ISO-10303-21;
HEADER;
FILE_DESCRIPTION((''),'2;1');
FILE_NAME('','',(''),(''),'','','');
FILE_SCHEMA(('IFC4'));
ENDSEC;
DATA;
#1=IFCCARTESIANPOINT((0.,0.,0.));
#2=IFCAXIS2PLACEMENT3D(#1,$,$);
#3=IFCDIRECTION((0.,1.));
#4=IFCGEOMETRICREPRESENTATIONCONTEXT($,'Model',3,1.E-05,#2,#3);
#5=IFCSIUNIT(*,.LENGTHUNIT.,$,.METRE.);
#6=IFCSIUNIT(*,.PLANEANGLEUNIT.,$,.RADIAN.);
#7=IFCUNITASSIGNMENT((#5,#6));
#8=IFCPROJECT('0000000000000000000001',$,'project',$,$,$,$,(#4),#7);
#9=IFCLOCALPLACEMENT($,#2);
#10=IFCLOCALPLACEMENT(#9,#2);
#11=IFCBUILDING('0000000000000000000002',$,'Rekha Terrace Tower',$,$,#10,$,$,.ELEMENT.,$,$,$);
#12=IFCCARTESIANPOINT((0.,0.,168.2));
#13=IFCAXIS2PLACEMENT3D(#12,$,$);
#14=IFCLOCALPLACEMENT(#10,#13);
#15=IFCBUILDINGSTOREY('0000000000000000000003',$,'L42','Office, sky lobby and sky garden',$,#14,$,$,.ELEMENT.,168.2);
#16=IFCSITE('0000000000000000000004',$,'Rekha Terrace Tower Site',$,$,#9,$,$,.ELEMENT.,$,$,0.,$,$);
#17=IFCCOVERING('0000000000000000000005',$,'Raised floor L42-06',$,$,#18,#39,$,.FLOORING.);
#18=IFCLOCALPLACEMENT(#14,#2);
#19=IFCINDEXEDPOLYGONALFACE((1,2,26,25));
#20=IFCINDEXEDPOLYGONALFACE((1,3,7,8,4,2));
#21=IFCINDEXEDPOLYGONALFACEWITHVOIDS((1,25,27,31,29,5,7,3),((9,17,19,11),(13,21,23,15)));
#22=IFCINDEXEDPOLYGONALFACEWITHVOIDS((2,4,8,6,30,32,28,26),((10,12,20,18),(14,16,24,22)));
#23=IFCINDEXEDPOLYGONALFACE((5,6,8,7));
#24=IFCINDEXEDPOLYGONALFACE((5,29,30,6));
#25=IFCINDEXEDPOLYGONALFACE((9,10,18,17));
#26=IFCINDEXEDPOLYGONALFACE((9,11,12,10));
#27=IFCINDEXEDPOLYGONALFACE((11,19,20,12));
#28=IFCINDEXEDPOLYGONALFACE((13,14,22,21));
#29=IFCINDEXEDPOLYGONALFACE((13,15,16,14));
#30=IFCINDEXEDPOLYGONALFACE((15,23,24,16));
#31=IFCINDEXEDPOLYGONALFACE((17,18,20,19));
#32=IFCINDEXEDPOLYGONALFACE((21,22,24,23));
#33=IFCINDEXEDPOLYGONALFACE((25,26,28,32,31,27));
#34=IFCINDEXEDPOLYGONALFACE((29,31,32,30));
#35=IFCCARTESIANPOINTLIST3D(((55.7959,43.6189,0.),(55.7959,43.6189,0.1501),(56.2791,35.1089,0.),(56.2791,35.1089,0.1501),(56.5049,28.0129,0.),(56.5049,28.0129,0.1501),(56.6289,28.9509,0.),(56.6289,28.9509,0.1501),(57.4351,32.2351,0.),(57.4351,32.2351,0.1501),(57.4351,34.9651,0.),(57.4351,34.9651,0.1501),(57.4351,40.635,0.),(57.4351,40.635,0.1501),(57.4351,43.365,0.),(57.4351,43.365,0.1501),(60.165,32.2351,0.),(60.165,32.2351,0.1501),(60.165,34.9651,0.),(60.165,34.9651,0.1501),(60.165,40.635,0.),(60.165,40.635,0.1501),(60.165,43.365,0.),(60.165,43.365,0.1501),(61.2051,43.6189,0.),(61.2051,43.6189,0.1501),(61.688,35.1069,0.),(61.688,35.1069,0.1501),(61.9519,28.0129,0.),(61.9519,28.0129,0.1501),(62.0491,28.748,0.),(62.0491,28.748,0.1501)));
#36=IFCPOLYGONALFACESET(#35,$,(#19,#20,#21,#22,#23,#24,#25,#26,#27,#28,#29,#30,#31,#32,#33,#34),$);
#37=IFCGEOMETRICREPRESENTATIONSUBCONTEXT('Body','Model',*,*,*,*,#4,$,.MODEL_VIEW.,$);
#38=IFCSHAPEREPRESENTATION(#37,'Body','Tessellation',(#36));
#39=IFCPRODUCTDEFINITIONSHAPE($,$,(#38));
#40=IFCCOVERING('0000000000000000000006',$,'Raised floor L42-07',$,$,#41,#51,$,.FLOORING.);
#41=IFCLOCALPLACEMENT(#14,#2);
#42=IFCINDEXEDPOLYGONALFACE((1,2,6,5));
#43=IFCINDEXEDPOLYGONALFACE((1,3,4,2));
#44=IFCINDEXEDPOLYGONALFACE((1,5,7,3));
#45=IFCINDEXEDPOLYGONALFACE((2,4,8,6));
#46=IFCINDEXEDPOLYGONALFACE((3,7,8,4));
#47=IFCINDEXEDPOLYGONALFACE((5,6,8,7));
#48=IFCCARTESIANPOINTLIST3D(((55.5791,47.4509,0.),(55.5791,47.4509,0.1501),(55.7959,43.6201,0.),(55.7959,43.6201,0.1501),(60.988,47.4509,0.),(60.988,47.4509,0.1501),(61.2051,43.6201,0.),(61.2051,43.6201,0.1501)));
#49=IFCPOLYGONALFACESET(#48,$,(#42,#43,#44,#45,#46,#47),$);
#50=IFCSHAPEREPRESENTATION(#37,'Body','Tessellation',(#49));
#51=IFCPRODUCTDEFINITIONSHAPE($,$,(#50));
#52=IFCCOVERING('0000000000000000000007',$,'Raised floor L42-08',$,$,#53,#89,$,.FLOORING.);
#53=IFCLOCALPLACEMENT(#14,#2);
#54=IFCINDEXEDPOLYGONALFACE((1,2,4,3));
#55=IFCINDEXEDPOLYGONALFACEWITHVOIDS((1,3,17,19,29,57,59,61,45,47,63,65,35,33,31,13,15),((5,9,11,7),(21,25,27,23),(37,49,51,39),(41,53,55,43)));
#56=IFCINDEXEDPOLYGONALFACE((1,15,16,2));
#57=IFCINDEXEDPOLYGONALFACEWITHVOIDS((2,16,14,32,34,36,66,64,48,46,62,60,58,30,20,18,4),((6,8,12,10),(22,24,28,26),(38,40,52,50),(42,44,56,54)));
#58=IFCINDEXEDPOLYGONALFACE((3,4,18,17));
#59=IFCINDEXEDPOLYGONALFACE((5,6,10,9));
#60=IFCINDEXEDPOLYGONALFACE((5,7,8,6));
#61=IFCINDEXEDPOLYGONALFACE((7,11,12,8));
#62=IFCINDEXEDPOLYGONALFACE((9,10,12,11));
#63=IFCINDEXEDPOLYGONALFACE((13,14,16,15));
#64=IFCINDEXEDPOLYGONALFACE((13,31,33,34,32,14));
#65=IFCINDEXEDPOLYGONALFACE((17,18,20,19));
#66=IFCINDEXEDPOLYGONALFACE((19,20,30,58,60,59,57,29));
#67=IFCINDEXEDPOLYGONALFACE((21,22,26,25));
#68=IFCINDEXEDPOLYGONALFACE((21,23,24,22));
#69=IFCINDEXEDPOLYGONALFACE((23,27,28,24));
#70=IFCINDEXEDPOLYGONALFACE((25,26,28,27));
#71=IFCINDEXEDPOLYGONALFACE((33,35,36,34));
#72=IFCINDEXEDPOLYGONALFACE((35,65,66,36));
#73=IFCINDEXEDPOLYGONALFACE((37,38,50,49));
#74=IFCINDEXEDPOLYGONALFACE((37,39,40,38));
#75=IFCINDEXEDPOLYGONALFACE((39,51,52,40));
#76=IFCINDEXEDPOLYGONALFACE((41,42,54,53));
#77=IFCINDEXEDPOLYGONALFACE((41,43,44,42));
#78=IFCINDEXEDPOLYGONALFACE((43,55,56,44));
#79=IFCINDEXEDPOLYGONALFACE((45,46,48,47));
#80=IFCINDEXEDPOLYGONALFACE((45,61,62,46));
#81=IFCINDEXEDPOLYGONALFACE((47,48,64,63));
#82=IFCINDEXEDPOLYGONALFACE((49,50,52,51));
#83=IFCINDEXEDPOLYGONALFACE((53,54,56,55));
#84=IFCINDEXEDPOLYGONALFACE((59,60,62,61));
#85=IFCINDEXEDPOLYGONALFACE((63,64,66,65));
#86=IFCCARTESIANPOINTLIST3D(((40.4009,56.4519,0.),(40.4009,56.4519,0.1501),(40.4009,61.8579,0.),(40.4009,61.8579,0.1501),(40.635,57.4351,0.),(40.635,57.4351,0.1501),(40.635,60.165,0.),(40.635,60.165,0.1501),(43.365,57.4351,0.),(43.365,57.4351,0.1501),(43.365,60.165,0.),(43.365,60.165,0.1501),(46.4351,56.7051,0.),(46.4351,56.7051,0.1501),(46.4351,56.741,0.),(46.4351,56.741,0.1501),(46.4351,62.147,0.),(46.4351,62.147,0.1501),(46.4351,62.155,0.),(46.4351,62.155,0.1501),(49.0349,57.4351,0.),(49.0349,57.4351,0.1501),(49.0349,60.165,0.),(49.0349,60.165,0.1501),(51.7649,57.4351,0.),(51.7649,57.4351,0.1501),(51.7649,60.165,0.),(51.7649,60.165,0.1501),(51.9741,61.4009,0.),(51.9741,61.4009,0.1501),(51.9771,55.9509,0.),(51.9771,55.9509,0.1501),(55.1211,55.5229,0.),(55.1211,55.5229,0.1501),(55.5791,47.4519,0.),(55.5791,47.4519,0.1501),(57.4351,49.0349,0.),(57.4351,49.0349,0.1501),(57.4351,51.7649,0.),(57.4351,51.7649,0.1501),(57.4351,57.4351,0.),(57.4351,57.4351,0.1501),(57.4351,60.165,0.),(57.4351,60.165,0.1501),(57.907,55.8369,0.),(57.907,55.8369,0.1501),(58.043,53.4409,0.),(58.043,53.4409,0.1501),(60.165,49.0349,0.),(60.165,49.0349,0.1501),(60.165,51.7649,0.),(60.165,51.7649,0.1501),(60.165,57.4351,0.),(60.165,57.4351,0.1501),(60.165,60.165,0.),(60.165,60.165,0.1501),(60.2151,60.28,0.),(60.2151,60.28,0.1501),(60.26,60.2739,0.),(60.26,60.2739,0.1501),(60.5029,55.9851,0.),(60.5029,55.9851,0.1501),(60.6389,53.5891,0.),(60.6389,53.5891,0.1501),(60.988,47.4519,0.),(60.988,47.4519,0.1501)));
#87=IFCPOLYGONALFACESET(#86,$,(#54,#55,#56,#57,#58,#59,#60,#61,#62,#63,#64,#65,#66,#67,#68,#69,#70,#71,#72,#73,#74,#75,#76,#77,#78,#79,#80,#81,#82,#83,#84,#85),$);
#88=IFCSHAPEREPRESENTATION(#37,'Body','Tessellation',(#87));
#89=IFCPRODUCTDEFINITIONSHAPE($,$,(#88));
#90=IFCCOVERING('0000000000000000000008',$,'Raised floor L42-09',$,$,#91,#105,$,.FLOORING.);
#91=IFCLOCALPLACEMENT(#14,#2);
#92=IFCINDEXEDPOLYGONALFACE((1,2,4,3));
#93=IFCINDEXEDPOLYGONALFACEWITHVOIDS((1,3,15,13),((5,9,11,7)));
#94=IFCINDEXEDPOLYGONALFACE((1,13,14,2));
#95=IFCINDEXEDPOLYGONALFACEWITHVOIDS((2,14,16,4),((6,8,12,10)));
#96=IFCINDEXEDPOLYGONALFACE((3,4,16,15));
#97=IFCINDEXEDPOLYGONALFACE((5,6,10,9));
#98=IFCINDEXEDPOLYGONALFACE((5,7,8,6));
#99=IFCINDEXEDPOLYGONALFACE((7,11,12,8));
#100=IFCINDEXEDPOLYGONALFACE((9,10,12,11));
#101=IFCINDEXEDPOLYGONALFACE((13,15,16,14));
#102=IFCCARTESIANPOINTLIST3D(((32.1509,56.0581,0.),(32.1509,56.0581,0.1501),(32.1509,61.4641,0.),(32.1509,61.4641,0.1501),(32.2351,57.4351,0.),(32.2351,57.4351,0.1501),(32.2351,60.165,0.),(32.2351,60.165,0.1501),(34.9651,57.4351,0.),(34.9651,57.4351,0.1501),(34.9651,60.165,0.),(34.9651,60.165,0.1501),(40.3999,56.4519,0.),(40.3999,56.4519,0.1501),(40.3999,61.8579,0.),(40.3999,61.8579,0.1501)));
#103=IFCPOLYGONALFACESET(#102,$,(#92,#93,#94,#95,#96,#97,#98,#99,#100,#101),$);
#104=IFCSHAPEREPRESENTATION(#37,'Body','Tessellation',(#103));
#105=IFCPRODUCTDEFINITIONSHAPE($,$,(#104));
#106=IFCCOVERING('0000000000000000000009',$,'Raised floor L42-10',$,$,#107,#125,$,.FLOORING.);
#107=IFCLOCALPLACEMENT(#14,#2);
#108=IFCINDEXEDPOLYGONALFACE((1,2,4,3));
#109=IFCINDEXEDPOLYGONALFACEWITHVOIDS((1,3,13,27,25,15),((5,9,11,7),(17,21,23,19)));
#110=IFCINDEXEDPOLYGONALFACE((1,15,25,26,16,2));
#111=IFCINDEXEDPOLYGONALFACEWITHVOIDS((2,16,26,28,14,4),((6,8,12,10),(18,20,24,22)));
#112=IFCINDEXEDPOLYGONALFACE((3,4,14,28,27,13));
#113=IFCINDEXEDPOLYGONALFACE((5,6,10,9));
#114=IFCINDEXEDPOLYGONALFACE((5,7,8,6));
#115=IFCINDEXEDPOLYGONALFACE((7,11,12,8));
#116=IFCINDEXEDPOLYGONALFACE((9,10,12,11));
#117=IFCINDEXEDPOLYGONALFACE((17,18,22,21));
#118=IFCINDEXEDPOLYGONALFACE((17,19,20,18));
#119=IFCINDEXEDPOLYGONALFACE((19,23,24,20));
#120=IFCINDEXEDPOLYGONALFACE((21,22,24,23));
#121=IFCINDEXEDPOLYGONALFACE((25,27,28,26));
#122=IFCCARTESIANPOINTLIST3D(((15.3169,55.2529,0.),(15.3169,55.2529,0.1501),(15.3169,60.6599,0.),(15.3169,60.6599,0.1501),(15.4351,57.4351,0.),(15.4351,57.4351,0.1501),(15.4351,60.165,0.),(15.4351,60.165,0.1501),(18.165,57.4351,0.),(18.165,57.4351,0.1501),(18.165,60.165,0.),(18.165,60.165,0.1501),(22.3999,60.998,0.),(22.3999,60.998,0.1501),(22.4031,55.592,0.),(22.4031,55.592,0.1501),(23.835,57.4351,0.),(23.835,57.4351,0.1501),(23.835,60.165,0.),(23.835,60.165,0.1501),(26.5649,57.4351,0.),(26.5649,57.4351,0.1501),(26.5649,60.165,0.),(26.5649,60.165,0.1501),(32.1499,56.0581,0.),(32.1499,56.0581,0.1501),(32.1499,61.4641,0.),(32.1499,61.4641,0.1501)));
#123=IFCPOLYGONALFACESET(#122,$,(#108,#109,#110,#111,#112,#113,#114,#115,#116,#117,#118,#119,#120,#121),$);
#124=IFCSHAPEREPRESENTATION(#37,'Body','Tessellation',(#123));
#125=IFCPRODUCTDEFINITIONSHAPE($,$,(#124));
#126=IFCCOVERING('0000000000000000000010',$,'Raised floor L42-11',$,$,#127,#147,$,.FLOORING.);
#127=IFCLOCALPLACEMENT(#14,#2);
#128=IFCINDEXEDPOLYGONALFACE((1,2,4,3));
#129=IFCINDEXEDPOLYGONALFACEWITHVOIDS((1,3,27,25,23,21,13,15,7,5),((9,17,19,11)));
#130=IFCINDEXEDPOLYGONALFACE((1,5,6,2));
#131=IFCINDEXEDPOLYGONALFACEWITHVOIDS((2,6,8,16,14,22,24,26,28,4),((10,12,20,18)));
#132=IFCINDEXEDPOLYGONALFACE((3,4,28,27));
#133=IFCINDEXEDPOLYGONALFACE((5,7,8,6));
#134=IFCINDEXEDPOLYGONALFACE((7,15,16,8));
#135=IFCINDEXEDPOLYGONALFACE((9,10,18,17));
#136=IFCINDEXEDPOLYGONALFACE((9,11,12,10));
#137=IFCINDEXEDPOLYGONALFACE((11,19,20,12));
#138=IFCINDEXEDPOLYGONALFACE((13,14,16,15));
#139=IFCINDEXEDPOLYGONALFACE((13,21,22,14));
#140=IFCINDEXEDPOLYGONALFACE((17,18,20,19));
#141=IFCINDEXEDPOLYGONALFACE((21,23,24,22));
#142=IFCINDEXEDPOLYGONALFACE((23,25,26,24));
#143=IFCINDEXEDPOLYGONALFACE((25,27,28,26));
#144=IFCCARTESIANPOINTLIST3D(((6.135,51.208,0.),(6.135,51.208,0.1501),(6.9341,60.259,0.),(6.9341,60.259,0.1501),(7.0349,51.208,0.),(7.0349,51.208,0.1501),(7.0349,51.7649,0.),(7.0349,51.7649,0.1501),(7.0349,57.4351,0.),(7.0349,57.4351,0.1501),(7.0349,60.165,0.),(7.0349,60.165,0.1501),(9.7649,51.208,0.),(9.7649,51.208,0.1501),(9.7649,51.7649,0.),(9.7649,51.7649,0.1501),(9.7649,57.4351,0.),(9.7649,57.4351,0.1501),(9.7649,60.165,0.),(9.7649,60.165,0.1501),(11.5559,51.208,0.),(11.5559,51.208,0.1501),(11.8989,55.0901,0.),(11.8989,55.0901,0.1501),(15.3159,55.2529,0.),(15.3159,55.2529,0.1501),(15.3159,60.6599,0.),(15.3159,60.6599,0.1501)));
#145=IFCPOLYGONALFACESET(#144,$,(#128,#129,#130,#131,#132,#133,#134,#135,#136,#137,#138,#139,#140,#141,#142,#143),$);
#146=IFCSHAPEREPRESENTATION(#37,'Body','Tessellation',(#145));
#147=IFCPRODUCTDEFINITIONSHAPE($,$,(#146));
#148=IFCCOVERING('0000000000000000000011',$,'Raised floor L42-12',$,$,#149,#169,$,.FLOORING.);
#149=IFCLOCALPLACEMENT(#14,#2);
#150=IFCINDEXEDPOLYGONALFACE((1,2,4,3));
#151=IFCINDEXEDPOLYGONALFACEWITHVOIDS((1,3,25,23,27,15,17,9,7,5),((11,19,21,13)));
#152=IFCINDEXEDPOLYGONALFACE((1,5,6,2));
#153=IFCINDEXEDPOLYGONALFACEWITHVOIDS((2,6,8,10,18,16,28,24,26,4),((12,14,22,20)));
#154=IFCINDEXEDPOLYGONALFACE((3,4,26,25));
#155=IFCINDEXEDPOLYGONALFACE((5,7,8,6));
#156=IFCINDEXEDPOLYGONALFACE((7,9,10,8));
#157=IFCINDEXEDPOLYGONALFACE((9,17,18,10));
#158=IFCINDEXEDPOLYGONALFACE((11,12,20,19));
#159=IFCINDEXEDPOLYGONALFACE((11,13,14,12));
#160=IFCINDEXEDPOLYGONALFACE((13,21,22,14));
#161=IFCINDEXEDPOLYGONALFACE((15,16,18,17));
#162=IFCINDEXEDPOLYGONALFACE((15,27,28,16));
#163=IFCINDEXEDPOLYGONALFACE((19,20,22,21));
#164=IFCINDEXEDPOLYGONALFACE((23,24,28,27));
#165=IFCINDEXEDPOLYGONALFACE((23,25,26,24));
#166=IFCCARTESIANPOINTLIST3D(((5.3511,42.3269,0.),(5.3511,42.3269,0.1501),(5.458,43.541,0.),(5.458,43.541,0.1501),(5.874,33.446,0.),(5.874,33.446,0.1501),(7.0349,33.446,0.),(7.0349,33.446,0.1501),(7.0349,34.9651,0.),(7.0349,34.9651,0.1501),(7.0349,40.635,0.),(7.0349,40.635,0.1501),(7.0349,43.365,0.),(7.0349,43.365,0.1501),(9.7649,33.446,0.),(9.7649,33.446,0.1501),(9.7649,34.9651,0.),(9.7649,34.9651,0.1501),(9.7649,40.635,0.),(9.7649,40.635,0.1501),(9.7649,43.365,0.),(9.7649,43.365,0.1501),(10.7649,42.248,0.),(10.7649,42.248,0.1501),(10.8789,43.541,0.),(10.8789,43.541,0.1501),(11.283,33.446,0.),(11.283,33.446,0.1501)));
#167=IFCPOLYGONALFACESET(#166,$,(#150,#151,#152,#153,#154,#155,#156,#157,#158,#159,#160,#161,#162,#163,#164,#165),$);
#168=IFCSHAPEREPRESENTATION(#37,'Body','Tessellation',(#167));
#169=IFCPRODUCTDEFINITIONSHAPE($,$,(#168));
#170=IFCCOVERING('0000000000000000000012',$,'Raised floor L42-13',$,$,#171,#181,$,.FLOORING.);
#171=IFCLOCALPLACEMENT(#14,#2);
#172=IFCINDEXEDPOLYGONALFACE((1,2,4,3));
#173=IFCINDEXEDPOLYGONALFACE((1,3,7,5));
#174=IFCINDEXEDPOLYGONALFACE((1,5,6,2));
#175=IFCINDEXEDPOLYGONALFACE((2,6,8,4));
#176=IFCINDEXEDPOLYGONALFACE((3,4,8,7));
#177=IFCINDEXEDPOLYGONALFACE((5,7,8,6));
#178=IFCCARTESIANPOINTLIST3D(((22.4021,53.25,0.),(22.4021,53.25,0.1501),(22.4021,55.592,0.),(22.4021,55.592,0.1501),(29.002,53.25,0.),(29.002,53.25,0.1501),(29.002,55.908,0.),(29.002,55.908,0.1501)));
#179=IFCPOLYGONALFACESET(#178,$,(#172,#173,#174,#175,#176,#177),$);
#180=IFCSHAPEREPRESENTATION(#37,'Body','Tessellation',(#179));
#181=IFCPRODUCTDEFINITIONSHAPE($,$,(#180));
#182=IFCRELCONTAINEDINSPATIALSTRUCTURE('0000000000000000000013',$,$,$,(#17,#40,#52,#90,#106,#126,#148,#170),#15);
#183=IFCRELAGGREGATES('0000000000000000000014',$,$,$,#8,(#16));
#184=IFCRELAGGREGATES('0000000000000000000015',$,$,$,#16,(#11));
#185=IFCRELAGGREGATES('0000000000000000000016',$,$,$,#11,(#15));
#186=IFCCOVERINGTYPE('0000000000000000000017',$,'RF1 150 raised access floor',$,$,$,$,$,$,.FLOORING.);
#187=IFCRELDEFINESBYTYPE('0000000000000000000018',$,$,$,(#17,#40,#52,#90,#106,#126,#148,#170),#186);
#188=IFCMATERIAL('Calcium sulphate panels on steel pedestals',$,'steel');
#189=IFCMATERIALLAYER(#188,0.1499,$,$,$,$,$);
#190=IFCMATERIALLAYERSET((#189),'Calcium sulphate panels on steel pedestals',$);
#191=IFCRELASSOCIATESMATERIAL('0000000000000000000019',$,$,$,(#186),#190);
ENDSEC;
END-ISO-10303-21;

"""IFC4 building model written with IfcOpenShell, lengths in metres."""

from ifc_helpers import new_model, si_unit, direction, frame, origin, place, context, subcontext, project, spatial, polyline, outline, extrude, material, layer, layer_set, type_object, element, save


model = new_model("IFC4")

# Units and contexts
model_context = context("Model", 3, precision=1e-05, world=origin(), true_north=direction((0.0, 1.0)))
body_context = subcontext(model_context, "Body", "Model", "MODEL_VIEW")
ifc_project = project(units=[si_unit("LENGTHUNIT", "METRE"), si_unit("PLANEANGLEUNIT", "RADIAN")], contexts=[model_context])

# Site, building, storey
site_placement = place(None, origin())
site = spatial("IfcSite", under=ifc_project, at=site_placement, Name="Rekha Terrace Tower Site", CompositionType="ELEMENT", RefElevation=0.0)
building_placement = place(site_placement, origin())
building = spatial("IfcBuilding", under=site, at=building_placement, Name="Rekha Terrace Tower", CompositionType="ELEMENT")
storey_placement = place(building_placement, frame((0.0, 0.0, 168.2)))
storey = spatial("IfcBuildingStorey", under=building, at=storey_placement, Name="L42", Description="Office, sky lobby and sky garden", CompositionType="ELEMENT", Elevation=168.2)

# Coverings
ifc_material_1 = material(Name="Calcium sulphate panels on steel pedestals", Category="steel")
ifc_layer_1 = layer(ifc_material_1, 0.1499)
ifc_layer_set_1 = layer_set([ifc_layer_1], Name="Calcium sulphate panels on steel pedestals")
covering_type_1 = type_object("IfcCoveringType", Name="RF1 150 raised access floor", PredefinedType="FLOORING", material=ifc_layer_set_1)
covering_1_placement = place(storey_placement, origin())
element("IfcCovering", 1, at=covering_1_placement, inside=storey, type_object=covering_type_1, Name="Raised floor L42-06", PredefinedType="FLOORING", context=body_context, shape_type="SweptSolid", body=[
    extrude(outline(polyline([(62.0491, 28.748), (61.688, 35.1069), (61.2051, 43.6189), (55.7959, 43.6189), (56.2791, 35.1089), (56.6289, 28.9509), (56.5049, 28.0129), (61.9519, 28.0129), (62.0491, 28.748)]), holes=[polyline([(60.165, 34.9651), (60.165, 32.2351), (57.4351, 32.2351), (57.4351, 34.9651), (60.165, 34.9651)]), polyline([(60.165, 40.635), (57.4351, 40.635), (57.4351, 43.365), (60.165, 43.365), (60.165, 40.635)])]), origin(), (0.0, 0.0, 1.0), 0.1501),
])
covering_2_placement = place(storey_placement, origin())
element("IfcCovering", 2, at=covering_2_placement, inside=storey, type_object=covering_type_1, Name="Raised floor L42-07", PredefinedType="FLOORING", context=body_context, shape_type="SweptSolid", body=[
    extrude(outline(polyline([(55.7959, 43.6201), (61.2051, 43.6201), (60.988, 47.4509), (55.5791, 47.4509), (55.7959, 43.6201)])), origin(), (0.0, 0.0, 1.0), 0.1501),
])
covering_3_placement = place(storey_placement, origin())
element("IfcCovering", 3, at=covering_3_placement, inside=storey, type_object=covering_type_1, Name="Raised floor L42-08", PredefinedType="FLOORING", context=body_context, shape_type="SweptSolid", body=[
    extrude(outline(polyline([(46.4351, 62.147), (40.4009, 61.8579), (40.4009, 56.4519), (46.4351, 56.741), (46.4351, 56.7051), (51.9771, 55.9509), (55.1211, 55.5229), (55.5791, 47.4519), (60.988, 47.4519), (60.6389, 53.5891), (58.043, 53.4409), (57.907, 55.8369), (60.5029, 55.9851), (60.26, 60.2739), (60.2151, 60.28), (51.9741, 61.4009), (46.4351, 62.155), (46.4351, 62.147)]), holes=[polyline([(60.165, 51.7649), (60.165, 49.0349), (57.4351, 49.0349), (57.4351, 51.7649), (60.165, 51.7649)]), polyline([(60.165, 57.4351), (57.4351, 57.4351), (57.4351, 60.165), (60.165, 60.165), (60.165, 57.4351)]), polyline([(51.7649, 57.4351), (49.0349, 57.4351), (49.0349, 60.165), (51.7649, 60.165), (51.7649, 57.4351)]), polyline([(43.365, 60.165), (43.365, 57.4351), (40.635, 57.4351), (40.635, 60.165), (43.365, 60.165)])]), origin(), (0.0, 0.0, 1.0), 0.1501),
])
covering_4_placement = place(storey_placement, origin())
element("IfcCovering", 4, at=covering_4_placement, inside=storey, type_object=covering_type_1, Name="Raised floor L42-09", PredefinedType="FLOORING", context=body_context, shape_type="SweptSolid", body=[
    extrude(outline(polyline([(40.3999, 56.4519), (40.3999, 61.8579), (32.1509, 61.4641), (32.1509, 56.0581), (40.3999, 56.4519)]), holes=[polyline([(34.9651, 57.4351), (32.2351, 57.4351), (32.2351, 60.165), (34.9651, 60.165), (34.9651, 57.4351)])]), origin(), (0.0, 0.0, 1.0), 0.1501),
])
covering_5_placement = place(storey_placement, origin())
element("IfcCovering", 5, at=covering_5_placement, inside=storey, type_object=covering_type_1, Name="Raised floor L42-10", PredefinedType="FLOORING", context=body_context, shape_type="SweptSolid", body=[
    extrude(outline(polyline([(32.1499, 61.4641), (22.3999, 60.998), (15.3169, 60.6599), (15.3169, 55.2529), (22.4031, 55.592), (32.1499, 56.0581), (32.1499, 61.4641)]), holes=[polyline([(26.5649, 57.4351), (23.835, 57.4351), (23.835, 60.165), (26.5649, 60.165), (26.5649, 57.4351)]), polyline([(18.165, 60.165), (18.165, 57.4351), (15.4351, 57.4351), (15.4351, 60.165), (18.165, 60.165)])]), origin(), (0.0, 0.0, 1.0), 0.1501),
])
covering_6_placement = place(storey_placement, origin())
element("IfcCovering", 6, at=covering_6_placement, inside=storey, type_object=covering_type_1, Name="Raised floor L42-11", PredefinedType="FLOORING", context=body_context, shape_type="SweptSolid", body=[
    extrude(outline(polyline([(9.7649, 51.7649), (9.7649, 51.208), (11.5559, 51.208), (11.8989, 55.0901), (15.3159, 55.2529), (15.3159, 60.6599), (6.9341, 60.259), (6.135, 51.208), (7.0349, 51.208), (7.0349, 51.7649), (9.7649, 51.7649)]), holes=[polyline([(9.7649, 57.4351), (7.0349, 57.4351), (7.0349, 60.165), (9.7649, 60.165), (9.7649, 57.4351)])]), origin(), (0.0, 0.0, 1.0), 0.1501),
])
covering_7_placement = place(storey_placement, origin())
element("IfcCovering", 7, at=covering_7_placement, inside=storey, type_object=covering_type_1, Name="Raised floor L42-12", PredefinedType="FLOORING", context=body_context, shape_type="SweptSolid", body=[
    extrude(outline(polyline([(9.7649, 34.9651), (9.7649, 33.446), (11.283, 33.446), (10.7649, 42.248), (10.8789, 43.541), (5.458, 43.541), (5.3511, 42.3269), (5.874, 33.446), (7.0349, 33.446), (7.0349, 34.9651), (9.7649, 34.9651)]), holes=[polyline([(9.7649, 40.635), (7.0349, 40.635), (7.0349, 43.365), (9.7649, 43.365), (9.7649, 40.635)])]), origin(), (0.0, 0.0, 1.0), 0.1501),
])
covering_8_placement = place(storey_placement, origin())
element("IfcCovering", 8, at=covering_8_placement, inside=storey, type_object=covering_type_1, Name="Raised floor L42-13", PredefinedType="FLOORING", context=body_context, shape_type="SweptSolid", body=[
    extrude(outline(polyline([(22.4021, 55.592), (22.4021, 53.25), (29.002, 53.25), (29.002, 55.908), (22.4021, 55.592)])), origin(), (0.0, 0.0, 1.0), 0.1501),
])

save(model, "model.ifc")
